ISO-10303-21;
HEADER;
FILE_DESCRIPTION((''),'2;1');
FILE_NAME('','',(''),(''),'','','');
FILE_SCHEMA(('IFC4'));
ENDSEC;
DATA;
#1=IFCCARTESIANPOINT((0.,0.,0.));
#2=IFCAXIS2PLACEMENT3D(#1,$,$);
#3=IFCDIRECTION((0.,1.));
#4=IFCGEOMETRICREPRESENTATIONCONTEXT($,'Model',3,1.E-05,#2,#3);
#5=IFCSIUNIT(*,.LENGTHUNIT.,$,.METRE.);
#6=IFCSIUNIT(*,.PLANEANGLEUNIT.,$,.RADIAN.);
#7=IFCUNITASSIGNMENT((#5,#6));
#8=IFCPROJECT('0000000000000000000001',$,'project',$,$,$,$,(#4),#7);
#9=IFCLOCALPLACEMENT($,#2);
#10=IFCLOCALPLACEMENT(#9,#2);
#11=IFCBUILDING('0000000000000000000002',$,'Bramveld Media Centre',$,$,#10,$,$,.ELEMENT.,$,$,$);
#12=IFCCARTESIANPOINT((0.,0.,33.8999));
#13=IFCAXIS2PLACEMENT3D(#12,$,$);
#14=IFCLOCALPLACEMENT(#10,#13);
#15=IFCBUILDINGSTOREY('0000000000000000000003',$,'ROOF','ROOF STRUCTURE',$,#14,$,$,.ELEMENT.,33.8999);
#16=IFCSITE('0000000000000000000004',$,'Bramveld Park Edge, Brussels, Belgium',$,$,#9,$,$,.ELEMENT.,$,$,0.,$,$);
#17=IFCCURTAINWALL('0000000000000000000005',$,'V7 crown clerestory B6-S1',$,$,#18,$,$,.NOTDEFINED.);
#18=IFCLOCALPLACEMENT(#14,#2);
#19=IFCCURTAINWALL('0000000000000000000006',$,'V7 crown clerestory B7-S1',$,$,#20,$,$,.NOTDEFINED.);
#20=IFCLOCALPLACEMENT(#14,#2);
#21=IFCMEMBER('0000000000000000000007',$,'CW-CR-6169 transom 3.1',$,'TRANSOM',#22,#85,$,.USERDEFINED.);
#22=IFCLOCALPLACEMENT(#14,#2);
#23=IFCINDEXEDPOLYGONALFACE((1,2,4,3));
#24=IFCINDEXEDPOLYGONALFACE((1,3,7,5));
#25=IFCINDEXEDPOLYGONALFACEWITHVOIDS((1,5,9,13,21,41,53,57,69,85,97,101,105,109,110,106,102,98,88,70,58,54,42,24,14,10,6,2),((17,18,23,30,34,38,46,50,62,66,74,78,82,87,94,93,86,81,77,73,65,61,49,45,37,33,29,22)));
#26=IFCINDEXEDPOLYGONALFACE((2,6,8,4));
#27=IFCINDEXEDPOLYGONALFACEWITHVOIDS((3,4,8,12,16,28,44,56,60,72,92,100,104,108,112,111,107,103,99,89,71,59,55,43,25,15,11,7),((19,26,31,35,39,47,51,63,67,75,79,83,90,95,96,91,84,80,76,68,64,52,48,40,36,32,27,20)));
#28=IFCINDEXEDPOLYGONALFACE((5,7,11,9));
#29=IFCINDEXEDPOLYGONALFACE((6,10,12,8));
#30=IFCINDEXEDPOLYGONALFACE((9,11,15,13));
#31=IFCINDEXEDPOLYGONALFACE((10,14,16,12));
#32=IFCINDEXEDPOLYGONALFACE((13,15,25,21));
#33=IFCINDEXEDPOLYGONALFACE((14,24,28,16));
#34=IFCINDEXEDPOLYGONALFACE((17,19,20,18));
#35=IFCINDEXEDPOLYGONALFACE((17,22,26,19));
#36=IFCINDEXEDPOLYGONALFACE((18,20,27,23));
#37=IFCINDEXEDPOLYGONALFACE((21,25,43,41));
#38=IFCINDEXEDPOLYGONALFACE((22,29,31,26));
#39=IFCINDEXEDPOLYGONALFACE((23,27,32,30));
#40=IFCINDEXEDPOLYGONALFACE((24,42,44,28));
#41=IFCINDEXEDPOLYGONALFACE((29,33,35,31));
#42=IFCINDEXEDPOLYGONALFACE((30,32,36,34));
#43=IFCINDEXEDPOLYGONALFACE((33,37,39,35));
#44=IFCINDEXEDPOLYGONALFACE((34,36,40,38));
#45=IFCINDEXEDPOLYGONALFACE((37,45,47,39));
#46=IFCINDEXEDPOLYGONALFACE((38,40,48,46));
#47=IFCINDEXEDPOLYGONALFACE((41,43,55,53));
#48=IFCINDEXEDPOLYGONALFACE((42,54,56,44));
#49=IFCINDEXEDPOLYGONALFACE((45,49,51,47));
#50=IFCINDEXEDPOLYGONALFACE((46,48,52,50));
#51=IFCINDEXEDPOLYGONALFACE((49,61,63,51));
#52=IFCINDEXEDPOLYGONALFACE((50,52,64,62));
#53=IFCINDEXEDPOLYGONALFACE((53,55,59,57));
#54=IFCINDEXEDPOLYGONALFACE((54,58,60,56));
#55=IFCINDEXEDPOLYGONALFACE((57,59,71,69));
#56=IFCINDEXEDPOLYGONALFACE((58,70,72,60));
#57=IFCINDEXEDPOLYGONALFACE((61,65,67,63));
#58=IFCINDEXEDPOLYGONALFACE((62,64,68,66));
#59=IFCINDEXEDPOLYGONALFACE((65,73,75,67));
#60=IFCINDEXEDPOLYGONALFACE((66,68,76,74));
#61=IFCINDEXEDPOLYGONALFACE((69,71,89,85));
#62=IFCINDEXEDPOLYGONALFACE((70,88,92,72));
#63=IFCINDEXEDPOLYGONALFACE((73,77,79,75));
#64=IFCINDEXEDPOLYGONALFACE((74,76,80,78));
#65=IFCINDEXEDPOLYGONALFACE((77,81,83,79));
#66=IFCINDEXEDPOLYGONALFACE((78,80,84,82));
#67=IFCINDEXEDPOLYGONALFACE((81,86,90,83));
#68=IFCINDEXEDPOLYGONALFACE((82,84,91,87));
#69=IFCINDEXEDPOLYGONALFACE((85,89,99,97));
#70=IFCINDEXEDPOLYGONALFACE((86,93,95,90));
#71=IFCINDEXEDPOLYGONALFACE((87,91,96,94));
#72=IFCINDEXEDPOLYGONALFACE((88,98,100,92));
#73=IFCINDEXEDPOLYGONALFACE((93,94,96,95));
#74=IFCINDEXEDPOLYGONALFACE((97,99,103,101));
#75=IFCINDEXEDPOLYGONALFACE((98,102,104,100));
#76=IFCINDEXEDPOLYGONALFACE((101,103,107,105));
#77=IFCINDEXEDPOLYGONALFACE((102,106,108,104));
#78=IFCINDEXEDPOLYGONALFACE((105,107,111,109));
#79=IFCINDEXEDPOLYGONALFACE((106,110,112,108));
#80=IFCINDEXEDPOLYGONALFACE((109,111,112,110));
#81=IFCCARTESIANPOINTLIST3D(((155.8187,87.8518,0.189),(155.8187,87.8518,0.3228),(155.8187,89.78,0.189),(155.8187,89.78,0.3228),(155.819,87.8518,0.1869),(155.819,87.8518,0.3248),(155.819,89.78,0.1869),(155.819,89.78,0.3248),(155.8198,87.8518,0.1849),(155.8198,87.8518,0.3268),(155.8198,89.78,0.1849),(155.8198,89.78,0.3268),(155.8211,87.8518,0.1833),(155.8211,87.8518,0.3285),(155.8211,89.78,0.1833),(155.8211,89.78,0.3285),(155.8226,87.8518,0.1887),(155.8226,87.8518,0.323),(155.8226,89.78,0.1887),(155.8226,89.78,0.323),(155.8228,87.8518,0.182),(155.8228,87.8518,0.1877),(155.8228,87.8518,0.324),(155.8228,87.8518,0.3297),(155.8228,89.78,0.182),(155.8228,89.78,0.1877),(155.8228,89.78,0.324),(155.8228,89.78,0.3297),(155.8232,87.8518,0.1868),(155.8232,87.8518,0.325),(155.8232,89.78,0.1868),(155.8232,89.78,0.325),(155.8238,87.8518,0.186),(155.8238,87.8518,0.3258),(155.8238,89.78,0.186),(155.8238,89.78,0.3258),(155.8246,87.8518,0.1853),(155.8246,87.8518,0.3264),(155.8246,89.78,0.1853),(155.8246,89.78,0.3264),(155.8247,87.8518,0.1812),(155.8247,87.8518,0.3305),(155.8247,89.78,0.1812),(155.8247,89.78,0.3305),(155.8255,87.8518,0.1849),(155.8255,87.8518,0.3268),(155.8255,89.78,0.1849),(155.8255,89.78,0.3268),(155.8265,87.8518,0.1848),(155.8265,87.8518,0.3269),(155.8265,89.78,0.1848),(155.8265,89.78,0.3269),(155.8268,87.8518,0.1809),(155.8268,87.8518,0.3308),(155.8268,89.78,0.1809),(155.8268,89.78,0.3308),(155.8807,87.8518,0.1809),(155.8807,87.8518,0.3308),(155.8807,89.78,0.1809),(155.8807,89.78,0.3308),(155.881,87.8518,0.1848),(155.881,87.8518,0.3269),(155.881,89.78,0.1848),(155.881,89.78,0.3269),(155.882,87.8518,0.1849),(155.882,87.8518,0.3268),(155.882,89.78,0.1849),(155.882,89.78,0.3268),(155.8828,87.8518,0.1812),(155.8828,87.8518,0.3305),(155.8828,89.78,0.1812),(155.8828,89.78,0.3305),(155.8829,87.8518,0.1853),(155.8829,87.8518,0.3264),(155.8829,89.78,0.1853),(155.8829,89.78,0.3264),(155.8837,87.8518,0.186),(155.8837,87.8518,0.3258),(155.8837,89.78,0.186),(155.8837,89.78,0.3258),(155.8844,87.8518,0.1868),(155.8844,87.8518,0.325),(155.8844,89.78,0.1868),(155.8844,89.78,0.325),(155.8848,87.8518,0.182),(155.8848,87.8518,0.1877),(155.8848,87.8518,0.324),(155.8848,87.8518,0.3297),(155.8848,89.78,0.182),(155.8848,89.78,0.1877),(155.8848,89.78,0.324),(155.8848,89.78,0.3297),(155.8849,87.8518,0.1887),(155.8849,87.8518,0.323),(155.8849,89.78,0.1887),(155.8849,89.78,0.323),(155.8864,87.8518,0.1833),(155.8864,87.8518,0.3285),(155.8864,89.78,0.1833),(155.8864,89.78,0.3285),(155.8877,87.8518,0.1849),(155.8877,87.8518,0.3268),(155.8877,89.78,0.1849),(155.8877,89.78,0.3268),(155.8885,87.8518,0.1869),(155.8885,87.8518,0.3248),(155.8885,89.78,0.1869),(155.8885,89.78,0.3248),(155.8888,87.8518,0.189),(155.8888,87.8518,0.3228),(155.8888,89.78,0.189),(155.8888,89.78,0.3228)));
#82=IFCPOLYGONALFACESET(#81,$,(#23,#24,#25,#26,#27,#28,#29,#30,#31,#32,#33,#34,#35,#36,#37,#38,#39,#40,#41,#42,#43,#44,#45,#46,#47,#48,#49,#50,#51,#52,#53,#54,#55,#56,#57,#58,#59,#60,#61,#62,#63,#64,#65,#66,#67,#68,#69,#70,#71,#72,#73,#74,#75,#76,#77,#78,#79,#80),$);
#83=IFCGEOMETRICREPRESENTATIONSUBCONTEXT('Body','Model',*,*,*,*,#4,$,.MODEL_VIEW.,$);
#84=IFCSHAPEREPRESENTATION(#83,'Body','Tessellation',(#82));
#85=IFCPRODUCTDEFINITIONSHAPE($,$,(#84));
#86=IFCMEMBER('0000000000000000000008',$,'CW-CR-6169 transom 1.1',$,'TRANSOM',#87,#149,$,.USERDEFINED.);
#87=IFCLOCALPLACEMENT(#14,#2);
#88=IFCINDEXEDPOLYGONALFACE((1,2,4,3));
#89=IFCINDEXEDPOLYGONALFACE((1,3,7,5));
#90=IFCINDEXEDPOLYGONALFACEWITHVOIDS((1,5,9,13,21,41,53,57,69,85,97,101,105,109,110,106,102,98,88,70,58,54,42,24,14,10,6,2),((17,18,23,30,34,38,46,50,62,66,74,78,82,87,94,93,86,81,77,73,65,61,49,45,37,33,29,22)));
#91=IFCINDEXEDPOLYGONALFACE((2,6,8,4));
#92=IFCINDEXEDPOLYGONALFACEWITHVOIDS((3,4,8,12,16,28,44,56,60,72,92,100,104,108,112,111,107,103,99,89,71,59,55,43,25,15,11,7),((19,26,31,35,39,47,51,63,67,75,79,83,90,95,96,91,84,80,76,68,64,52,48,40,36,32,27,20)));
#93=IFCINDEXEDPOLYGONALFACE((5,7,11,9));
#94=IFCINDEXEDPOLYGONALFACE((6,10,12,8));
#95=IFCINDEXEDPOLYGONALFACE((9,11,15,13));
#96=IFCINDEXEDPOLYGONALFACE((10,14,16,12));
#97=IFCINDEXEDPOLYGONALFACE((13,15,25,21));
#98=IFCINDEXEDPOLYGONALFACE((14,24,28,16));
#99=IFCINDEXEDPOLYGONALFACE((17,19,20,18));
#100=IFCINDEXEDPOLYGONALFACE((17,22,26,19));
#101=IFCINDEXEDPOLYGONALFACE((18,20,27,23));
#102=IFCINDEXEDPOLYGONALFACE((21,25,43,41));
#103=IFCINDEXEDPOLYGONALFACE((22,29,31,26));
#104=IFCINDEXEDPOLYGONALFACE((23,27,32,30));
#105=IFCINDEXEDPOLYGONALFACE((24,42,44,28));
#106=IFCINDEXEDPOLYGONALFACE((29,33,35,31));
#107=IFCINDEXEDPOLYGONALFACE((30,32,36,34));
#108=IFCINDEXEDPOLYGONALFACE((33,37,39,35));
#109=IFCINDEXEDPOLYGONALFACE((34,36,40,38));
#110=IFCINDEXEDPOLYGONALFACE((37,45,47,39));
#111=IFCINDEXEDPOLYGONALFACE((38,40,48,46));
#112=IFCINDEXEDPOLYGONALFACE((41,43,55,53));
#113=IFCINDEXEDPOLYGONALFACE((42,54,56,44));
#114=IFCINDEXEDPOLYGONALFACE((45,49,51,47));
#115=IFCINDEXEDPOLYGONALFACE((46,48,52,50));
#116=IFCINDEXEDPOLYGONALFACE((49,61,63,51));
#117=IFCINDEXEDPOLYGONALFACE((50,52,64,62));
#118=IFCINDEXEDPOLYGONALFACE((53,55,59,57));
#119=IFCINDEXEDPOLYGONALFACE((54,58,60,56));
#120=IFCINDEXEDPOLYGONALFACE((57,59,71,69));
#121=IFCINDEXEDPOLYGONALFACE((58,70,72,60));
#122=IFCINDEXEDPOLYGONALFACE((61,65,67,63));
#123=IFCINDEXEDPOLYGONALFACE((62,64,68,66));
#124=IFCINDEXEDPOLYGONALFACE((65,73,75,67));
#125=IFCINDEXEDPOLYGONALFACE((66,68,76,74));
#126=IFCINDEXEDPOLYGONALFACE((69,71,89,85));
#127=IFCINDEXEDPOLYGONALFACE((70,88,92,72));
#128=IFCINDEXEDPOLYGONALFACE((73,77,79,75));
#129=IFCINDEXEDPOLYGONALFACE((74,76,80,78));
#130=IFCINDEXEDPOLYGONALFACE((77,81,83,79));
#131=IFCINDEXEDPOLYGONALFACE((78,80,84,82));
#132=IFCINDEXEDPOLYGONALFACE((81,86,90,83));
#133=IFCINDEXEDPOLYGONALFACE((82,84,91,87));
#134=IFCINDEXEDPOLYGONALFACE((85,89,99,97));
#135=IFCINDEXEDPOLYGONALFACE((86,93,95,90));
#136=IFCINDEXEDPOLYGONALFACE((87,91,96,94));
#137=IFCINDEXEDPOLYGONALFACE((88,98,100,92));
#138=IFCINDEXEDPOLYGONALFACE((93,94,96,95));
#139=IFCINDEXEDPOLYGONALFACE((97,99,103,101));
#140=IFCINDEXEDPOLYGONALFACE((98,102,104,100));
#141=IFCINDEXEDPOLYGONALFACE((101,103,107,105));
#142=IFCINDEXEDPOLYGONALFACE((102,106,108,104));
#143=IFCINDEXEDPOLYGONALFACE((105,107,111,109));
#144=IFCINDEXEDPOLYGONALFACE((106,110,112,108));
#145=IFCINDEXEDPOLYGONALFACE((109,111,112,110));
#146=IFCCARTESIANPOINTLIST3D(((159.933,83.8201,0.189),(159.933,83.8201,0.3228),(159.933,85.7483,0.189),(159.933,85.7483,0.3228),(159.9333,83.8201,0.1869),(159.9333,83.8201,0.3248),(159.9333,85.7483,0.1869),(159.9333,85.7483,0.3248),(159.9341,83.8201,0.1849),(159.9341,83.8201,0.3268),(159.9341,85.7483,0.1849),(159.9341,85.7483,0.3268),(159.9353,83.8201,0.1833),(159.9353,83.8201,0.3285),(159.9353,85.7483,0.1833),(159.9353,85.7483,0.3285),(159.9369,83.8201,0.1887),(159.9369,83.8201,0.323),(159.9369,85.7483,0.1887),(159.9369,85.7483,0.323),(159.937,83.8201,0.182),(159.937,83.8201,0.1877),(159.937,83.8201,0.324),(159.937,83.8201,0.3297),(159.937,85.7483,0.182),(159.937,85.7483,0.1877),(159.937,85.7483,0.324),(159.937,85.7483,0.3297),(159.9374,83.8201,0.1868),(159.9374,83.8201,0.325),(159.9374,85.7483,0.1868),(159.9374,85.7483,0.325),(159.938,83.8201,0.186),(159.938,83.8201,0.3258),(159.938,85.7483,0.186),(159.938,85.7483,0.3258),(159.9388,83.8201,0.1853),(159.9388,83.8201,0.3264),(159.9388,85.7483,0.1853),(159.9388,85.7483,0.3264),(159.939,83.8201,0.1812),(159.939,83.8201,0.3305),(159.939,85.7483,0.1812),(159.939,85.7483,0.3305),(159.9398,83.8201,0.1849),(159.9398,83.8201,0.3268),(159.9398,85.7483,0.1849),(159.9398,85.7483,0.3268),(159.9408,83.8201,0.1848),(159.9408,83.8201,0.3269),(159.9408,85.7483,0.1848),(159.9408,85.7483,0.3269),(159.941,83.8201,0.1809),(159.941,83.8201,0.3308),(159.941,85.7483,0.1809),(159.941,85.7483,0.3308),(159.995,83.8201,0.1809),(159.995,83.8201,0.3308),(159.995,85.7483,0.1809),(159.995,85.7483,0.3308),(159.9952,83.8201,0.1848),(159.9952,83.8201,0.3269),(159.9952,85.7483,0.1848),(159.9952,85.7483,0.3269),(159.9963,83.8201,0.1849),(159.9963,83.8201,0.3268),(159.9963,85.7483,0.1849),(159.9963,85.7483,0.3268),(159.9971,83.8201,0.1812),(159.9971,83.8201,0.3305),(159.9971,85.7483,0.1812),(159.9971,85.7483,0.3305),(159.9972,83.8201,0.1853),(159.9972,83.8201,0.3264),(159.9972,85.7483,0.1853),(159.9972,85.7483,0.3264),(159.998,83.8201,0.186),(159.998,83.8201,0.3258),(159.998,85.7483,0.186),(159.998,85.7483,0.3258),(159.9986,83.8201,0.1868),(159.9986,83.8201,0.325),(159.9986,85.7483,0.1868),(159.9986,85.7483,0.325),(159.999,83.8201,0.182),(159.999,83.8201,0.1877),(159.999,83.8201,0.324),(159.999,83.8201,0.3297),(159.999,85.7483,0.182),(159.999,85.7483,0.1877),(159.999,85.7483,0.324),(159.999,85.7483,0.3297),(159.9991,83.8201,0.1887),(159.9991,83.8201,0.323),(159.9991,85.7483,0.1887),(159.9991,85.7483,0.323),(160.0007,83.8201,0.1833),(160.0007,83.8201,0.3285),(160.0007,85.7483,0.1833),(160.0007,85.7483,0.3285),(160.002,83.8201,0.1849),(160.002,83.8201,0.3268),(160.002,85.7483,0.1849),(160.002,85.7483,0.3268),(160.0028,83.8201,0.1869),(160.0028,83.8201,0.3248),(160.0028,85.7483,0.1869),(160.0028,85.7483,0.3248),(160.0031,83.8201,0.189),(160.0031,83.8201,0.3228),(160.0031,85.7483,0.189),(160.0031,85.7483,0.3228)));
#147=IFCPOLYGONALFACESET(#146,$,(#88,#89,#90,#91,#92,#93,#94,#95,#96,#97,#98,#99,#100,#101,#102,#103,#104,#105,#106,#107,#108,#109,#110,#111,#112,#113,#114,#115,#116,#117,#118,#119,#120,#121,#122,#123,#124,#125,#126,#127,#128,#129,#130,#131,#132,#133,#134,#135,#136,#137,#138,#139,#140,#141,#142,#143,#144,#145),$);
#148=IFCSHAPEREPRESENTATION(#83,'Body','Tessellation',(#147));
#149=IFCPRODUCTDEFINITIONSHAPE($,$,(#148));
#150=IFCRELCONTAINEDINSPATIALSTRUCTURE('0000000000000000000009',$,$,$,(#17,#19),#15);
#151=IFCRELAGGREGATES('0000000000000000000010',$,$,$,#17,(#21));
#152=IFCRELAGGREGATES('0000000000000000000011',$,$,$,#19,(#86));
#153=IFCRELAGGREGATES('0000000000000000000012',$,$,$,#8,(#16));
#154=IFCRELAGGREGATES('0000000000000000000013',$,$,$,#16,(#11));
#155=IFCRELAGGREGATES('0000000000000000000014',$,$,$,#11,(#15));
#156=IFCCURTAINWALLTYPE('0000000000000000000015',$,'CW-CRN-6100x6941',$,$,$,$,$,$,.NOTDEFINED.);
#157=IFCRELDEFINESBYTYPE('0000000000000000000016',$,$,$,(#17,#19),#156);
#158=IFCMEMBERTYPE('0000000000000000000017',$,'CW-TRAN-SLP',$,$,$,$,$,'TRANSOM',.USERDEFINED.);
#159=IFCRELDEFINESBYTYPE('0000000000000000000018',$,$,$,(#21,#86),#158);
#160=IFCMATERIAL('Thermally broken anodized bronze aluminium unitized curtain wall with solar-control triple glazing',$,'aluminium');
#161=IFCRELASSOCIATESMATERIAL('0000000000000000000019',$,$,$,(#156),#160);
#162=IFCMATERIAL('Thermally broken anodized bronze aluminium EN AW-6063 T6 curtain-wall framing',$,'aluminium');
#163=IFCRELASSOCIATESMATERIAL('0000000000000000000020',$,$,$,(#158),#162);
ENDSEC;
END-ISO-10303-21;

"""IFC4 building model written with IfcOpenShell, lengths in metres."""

from ifc_helpers import new_model, si_unit, direction, frame, origin, origin_2d, place, context, subcontext, project, spatial, hollow_rectangle, extrude, material, material_profile, profile_set, type_object, element, aggregate, save


model = new_model("IFC4")

# Units and contexts
model_context = context("Model", 3, precision=1e-05, world=origin(), true_north=direction((0.0, 1.0)))
body_context = subcontext(model_context, "Body", "Model", "MODEL_VIEW")
ifc_project = project(units=[si_unit("LENGTHUNIT", "METRE"), si_unit("PLANEANGLEUNIT", "RADIAN")], contexts=[model_context])

# Site, building, storey
site_placement = place(None, origin())
site = spatial("IfcSite", under=ifc_project, at=site_placement, Name="Bramveld Park Edge, Brussels, Belgium", CompositionType="ELEMENT", RefElevation=0.0)
building_placement = place(site_placement, origin())
building = spatial("IfcBuilding", under=site, at=building_placement, Name="Bramveld Media Centre", CompositionType="ELEMENT")
storey_placement = place(building_placement, frame((0.0, 0.0, 33.8999)))
storey = spatial("IfcBuildingStorey", under=building, at=storey_placement, Name="ROOF", Description="ROOF STRUCTURE", CompositionType="ELEMENT", Elevation=33.8999)

# Curtain walls
ifc_material_1 = material(Name="Thermally broken anodized bronze aluminium unitized curtain wall with solar-control triple glazing", Category="aluminium")
curtain_wall_type = type_object("IfcCurtainWallType", Name="CW-CRN-6100x6941", PredefinedType="NOTDEFINED", material=ifc_material_1)
curtain_wall_1_placement = place(storey_placement, origin())
curtain_wall_1 = element("IfcCurtainWall", 1, at=curtain_wall_1_placement, inside=storey, type_object=curtain_wall_type, Name="V7 crown clerestory B6-S1", PredefinedType="NOTDEFINED")
curtain_wall_2_placement = place(storey_placement, origin())
curtain_wall_2 = element("IfcCurtainWall", 2, at=curtain_wall_2_placement, inside=storey, type_object=curtain_wall_type, Name="V7 crown clerestory B7-S1", PredefinedType="NOTDEFINED")

# Members
ifc_material_2 = material(Name="Thermally broken anodized bronze aluminium EN AW-6063 T6 curtain-wall framing", Category="aluminium")
ifc_material_profile_1 = material_profile(ifc_material_2, hollow_rectangle(XDim=0.0701, YDim=0.1499, WallThickness=0.0039, InnerFilletRadius=0.0039, OuterFilletRadius=0.0081, at=origin_2d()), Name="AL-TRAN 70x150")
ifc_profile_set_1 = profile_set([ifc_material_profile_1], Name="Thermally broken anodized bronze aluminium EN AW-6063 T6 curtain-wall framing")
member_type_1 = type_object("IfcMemberType", Name="CW-TRAN-SLP", ElementType="TRANSOM", PredefinedType="USERDEFINED", material=ifc_profile_set_1)
member_1_placement = place(storey_placement, frame((155.8538, 87.8518, 0.2559), z_axis=(0.0, 1.0, 0.0), x_axis=(-1.0, 0.0, 0.0)))
member_1 = element("IfcMember", 3, at=member_1_placement, type_object=member_type_1, Name="CW-CR-6169 transom 3.1", ObjectType="TRANSOM", PredefinedType="USERDEFINED", context=body_context, shape_type="SweptSolid", body=[
    extrude(hollow_rectangle(XDim=0.0701, YDim=0.1499, WallThickness=0.0039, InnerFilletRadius=0.0039, OuterFilletRadius=0.0081, at=origin_2d()), origin(), (0.0, 0.0, 1.0), 1.9282),
])
member_2_placement = place(storey_placement, frame((159.968, 83.8201, 0.2559), z_axis=(0.0, 1.0, 0.0), x_axis=(-1.0, 0.0, 0.0)))
member_2 = element("IfcMember", 4, at=member_2_placement, type_object=member_type_1, Name="CW-CR-6169 transom 1.1", ObjectType="TRANSOM", PredefinedType="USERDEFINED", context=body_context, shape_type="SweptSolid", body=[
    extrude(hollow_rectangle(XDim=0.0701, YDim=0.1499, WallThickness=0.0039, InnerFilletRadius=0.0039, OuterFilletRadius=0.0081, at=origin_2d()), origin(), (0.0, 0.0, 1.0), 1.9282),
])

aggregate(curtain_wall_1, [member_1])
aggregate(curtain_wall_2, [member_2])

save(model, "model.ifc")
